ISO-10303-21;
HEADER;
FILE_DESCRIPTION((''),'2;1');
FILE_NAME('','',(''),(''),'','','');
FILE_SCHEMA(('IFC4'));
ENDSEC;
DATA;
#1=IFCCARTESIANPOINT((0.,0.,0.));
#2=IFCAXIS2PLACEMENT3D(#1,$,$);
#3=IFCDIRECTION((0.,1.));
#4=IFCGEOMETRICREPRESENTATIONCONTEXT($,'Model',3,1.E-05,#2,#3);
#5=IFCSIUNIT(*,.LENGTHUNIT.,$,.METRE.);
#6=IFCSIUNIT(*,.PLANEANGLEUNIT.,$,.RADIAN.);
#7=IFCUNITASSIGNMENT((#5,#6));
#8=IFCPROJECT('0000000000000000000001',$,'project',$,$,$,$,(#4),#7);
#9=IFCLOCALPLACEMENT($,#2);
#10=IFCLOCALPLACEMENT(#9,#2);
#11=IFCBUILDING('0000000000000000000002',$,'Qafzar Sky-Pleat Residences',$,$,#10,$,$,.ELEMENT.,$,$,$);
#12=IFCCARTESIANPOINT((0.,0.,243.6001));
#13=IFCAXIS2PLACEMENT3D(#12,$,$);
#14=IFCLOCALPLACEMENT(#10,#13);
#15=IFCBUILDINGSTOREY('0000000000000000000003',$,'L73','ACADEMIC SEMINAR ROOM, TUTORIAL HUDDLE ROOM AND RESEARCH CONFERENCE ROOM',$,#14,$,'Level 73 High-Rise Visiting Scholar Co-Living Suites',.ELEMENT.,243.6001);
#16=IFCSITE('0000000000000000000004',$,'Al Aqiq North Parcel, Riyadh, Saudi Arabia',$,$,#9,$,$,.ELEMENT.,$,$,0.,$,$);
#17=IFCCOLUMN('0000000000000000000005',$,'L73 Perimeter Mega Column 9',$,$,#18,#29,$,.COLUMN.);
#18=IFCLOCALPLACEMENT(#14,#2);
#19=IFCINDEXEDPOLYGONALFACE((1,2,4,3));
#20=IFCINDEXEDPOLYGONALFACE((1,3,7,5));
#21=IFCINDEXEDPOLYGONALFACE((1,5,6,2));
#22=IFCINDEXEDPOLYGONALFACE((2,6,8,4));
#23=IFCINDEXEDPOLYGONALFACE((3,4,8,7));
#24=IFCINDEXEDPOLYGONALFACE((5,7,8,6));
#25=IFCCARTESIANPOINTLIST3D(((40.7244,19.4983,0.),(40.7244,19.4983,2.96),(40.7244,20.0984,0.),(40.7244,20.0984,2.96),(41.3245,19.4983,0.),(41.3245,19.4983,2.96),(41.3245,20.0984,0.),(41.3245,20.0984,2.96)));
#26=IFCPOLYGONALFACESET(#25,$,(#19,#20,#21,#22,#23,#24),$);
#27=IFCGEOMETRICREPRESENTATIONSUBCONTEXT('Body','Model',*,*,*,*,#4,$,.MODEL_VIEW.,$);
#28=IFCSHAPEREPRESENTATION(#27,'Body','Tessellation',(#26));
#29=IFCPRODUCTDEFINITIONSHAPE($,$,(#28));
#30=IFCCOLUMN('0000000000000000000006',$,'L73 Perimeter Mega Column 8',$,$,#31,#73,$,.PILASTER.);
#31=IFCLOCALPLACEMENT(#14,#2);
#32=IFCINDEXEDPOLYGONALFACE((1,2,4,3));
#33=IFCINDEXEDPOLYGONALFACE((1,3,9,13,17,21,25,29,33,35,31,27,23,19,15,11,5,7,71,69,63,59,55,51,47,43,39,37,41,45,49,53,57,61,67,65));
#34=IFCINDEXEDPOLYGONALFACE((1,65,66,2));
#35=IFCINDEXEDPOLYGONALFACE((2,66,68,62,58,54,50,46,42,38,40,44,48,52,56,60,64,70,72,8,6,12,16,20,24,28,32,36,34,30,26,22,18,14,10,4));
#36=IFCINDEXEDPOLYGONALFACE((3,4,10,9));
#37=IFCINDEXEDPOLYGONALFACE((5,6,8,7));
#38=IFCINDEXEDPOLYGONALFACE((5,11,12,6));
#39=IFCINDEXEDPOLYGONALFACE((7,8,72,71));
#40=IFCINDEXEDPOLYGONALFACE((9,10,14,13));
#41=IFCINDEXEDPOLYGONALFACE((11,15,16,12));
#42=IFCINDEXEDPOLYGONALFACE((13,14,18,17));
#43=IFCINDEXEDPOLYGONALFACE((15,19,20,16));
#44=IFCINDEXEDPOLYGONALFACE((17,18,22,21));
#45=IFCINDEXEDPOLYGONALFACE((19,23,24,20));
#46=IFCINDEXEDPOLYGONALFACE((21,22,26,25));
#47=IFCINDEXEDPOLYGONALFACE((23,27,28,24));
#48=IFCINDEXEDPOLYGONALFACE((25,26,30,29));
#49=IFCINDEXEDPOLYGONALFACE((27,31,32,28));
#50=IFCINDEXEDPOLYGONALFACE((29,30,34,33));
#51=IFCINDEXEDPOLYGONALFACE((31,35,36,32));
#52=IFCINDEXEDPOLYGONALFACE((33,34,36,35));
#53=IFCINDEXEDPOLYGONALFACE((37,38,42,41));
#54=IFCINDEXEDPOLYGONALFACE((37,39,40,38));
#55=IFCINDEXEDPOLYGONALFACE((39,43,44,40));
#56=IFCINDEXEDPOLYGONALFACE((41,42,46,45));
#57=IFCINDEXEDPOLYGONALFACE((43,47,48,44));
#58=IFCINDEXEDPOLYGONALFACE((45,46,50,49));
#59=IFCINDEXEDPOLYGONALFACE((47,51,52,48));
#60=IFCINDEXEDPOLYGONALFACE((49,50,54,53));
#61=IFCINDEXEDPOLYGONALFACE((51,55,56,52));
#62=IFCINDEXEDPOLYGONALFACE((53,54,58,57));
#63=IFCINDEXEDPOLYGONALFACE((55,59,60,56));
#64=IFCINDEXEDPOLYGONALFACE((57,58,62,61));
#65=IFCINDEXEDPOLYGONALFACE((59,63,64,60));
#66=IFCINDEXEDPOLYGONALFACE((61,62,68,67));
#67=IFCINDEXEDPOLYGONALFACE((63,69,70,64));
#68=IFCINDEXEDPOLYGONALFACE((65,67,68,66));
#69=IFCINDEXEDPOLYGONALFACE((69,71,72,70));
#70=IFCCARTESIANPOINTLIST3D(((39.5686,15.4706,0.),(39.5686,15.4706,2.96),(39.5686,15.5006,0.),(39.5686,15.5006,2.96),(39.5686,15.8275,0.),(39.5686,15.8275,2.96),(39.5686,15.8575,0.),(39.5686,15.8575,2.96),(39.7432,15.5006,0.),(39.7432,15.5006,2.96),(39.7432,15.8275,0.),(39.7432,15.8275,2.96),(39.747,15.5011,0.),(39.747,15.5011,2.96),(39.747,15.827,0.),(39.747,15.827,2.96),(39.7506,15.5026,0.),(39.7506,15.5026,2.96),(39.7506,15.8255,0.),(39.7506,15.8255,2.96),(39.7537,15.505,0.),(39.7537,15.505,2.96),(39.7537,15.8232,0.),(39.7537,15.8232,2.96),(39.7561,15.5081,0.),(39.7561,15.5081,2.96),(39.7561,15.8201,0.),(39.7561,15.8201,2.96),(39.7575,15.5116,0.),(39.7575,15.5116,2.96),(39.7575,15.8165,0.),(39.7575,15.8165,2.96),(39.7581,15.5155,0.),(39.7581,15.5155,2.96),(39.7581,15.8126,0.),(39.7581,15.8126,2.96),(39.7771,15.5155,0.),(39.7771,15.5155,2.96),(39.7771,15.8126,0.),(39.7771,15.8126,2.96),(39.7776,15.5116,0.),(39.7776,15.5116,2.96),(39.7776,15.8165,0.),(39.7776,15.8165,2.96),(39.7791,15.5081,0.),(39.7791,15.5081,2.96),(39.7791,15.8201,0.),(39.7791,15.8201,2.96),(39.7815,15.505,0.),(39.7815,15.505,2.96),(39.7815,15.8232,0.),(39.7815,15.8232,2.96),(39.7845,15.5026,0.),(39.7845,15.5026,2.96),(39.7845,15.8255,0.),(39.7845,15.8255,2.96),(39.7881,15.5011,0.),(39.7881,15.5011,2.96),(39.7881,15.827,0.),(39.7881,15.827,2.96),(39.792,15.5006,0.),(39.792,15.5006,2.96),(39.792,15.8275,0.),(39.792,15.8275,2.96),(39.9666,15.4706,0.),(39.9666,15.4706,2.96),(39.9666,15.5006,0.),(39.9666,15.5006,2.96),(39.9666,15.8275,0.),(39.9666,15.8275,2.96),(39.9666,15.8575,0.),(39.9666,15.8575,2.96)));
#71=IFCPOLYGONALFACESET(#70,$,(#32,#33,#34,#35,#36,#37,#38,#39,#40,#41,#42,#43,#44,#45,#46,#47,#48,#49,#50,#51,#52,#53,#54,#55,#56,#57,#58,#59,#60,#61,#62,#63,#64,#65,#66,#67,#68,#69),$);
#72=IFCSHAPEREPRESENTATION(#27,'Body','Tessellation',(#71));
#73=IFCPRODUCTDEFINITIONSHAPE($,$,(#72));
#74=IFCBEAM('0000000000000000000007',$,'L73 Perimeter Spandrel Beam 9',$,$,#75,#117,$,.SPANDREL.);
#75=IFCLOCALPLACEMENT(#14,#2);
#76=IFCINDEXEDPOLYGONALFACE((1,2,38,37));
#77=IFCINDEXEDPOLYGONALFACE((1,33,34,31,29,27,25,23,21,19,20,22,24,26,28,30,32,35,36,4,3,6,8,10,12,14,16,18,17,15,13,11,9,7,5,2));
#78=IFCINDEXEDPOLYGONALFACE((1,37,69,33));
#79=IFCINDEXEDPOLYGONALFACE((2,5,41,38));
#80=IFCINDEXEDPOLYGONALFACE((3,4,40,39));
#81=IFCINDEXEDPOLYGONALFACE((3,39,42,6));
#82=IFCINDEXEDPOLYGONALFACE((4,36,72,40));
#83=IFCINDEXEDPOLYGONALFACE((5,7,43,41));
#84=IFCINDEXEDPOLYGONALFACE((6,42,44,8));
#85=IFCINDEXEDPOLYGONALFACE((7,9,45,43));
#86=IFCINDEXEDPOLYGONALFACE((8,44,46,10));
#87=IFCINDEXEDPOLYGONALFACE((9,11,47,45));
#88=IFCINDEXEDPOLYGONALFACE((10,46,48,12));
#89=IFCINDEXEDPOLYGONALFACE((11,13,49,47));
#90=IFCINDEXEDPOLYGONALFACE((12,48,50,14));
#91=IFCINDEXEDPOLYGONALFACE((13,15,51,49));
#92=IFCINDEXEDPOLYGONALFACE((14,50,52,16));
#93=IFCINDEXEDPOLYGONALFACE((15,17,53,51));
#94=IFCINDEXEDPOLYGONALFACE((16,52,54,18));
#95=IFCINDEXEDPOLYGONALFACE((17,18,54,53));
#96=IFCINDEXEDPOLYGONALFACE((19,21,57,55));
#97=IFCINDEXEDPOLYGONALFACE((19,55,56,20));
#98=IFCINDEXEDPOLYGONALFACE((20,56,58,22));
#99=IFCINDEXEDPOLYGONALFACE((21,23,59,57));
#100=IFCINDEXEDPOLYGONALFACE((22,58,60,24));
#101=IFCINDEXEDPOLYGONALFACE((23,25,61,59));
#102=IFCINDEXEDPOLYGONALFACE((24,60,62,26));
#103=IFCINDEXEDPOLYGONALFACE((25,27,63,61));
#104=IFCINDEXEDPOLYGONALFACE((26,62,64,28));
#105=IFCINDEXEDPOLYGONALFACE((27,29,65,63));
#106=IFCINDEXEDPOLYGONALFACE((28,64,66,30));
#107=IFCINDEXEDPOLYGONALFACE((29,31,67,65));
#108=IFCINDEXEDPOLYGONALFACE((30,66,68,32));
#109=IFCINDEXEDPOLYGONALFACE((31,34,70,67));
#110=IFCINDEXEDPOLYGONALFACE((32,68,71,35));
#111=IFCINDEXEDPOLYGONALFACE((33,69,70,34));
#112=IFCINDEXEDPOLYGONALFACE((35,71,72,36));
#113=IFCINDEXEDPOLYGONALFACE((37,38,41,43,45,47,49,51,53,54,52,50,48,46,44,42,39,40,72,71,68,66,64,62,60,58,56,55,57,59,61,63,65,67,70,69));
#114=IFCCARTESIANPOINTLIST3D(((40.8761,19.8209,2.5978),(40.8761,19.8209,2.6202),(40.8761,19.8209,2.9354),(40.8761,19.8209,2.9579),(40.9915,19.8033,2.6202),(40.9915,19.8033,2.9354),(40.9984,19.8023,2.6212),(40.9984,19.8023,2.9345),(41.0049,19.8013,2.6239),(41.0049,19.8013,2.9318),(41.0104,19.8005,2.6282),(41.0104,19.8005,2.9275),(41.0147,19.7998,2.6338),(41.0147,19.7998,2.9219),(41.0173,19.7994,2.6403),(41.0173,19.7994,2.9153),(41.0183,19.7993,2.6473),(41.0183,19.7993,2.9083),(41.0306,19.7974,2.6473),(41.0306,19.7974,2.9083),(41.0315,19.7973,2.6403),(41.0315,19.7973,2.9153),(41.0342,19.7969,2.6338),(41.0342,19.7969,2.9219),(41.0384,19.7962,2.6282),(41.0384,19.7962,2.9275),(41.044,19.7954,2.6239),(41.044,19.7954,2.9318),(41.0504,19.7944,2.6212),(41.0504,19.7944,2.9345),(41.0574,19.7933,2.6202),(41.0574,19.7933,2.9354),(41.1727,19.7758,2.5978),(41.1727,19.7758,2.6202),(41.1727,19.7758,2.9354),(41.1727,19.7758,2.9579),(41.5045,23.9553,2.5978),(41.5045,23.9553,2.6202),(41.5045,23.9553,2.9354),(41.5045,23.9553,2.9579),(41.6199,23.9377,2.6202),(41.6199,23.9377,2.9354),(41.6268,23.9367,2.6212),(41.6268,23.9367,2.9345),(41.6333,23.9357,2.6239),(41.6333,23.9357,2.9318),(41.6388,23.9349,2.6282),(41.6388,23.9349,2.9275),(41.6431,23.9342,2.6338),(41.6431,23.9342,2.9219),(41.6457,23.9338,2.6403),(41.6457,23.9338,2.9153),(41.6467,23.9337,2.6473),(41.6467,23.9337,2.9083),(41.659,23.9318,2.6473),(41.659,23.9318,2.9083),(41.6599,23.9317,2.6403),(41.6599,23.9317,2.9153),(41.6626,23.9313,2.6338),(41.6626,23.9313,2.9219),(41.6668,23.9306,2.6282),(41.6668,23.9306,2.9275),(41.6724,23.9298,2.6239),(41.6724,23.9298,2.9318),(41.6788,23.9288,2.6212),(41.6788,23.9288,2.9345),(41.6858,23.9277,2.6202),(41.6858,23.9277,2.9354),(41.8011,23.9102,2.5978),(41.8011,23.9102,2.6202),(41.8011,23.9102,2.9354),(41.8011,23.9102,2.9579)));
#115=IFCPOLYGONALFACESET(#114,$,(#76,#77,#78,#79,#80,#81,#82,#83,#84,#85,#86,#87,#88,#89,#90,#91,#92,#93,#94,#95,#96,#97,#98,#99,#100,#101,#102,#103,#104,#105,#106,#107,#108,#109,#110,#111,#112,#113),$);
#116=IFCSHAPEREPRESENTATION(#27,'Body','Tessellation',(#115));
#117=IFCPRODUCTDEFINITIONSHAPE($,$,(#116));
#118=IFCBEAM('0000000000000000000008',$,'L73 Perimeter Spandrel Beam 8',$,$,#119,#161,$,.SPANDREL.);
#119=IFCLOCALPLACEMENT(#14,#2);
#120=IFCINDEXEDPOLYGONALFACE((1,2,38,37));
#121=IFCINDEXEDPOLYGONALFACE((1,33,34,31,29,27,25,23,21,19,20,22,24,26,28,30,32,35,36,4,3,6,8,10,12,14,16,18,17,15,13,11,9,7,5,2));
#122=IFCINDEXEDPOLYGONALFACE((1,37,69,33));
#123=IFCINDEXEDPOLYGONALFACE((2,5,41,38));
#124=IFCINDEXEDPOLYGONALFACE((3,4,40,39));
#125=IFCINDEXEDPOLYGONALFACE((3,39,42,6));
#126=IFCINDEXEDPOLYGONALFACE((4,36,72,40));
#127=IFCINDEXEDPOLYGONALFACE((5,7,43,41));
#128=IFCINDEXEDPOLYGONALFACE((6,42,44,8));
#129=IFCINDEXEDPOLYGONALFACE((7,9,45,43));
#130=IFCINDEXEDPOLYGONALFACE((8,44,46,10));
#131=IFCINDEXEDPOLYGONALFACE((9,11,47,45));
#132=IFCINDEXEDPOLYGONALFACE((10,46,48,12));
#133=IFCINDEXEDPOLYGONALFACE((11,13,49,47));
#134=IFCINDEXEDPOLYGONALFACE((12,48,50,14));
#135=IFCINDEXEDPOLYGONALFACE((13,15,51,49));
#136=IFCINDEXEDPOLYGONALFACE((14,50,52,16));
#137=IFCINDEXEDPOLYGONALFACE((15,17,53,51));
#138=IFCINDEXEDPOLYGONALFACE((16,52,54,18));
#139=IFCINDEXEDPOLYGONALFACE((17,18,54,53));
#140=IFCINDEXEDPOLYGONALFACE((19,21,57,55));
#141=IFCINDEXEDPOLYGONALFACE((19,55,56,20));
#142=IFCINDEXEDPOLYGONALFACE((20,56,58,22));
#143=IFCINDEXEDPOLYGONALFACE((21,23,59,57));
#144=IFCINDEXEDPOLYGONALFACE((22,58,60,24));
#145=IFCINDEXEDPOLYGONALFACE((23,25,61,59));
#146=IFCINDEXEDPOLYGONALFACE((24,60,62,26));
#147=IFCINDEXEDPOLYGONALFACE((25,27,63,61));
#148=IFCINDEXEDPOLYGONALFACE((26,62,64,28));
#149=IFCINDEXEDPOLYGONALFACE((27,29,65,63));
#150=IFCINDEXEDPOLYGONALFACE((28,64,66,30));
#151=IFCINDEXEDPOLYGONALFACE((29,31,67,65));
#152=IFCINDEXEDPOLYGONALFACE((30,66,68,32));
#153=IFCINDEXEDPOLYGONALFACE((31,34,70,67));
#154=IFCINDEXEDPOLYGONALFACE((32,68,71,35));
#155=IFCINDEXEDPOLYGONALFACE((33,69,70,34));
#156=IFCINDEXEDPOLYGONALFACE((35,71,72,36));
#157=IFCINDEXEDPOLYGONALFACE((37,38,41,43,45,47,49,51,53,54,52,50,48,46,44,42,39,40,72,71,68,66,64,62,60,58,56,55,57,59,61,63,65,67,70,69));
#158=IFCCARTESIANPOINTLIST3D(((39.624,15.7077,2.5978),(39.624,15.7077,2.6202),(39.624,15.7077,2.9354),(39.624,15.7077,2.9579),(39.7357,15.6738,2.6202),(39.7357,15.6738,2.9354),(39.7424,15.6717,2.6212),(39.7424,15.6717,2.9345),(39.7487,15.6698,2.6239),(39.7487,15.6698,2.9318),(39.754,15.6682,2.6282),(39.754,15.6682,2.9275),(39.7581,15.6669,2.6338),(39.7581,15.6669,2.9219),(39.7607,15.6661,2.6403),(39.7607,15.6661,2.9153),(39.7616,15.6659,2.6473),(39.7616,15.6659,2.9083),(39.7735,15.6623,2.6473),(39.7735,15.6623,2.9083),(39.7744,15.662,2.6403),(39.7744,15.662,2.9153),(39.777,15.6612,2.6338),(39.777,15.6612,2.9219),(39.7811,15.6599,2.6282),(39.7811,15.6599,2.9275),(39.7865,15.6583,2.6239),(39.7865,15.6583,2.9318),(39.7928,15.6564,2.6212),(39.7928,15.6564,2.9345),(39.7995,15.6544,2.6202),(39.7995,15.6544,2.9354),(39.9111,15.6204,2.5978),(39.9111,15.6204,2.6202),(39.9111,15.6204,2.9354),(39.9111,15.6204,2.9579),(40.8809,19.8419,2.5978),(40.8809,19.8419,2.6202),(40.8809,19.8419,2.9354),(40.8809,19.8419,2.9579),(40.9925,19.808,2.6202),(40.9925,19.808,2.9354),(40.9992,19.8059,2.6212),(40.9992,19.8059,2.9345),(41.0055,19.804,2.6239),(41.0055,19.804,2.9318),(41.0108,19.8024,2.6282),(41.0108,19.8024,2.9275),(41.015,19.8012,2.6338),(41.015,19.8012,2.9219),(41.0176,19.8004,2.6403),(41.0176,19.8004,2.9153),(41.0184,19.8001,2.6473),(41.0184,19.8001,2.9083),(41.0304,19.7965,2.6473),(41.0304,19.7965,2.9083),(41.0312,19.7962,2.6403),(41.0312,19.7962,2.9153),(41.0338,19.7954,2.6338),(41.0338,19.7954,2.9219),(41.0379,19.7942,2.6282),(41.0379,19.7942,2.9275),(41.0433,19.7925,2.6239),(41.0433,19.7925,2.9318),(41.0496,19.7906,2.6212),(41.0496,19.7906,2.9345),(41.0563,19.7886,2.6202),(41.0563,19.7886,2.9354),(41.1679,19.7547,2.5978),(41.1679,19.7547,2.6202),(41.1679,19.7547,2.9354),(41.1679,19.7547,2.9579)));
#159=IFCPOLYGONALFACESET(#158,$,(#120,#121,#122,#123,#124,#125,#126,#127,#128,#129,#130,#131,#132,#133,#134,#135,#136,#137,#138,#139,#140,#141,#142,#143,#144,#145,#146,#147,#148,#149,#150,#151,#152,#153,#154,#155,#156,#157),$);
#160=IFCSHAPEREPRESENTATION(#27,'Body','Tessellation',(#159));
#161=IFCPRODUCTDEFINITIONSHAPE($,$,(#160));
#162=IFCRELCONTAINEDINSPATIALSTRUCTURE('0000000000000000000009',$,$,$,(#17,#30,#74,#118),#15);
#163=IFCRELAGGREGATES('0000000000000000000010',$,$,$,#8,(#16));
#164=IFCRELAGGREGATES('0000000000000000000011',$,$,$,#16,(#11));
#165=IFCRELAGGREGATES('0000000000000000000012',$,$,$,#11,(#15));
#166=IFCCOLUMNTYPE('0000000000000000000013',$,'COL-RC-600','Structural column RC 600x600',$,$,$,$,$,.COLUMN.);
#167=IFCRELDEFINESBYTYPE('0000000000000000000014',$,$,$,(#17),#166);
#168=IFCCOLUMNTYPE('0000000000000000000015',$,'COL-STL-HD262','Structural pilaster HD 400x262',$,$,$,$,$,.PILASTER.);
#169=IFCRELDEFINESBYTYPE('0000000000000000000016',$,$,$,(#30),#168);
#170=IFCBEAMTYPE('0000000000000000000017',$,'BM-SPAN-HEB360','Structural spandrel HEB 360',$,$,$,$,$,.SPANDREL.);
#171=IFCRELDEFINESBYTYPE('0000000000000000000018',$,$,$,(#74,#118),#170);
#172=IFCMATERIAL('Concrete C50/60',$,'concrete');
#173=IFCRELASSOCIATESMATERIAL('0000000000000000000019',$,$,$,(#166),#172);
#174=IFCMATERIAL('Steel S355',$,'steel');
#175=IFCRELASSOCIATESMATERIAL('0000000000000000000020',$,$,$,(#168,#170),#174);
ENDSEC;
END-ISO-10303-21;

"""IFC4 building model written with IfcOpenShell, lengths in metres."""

from ifc_helpers import new_model, si_unit, direction, frame, origin, origin_2d, place, context, subcontext, project, spatial, rectangle, i_section, extrude, source, transform, mapped, material, material_profile, profile_set, type_object, element, save


model = new_model("IFC4")

# Units and contexts
model_context = context("Model", 3, precision=1e-05, world=origin(), true_north=direction((0.0, 1.0)))
body_context = subcontext(model_context, "Body", "Model", "MODEL_VIEW")
ifc_project = project(units=[si_unit("LENGTHUNIT", "METRE"), si_unit("PLANEANGLEUNIT", "RADIAN")], contexts=[model_context])

# Site, building, storey
site_placement = place(None, origin())
site = spatial("IfcSite", under=ifc_project, at=site_placement, Name="Al Aqiq North Parcel, Riyadh, Saudi Arabia", CompositionType="ELEMENT", RefElevation=0.0)
building_placement = place(site_placement, origin())
building = spatial("IfcBuilding", under=site, at=building_placement, Name="Qafzar Sky-Pleat Residences", CompositionType="ELEMENT")
storey_placement = place(building_placement, frame((0.0, 0.0, 243.6001)))
storey = spatial("IfcBuildingStorey", under=building, at=storey_placement, Name="L73", Description="ACADEMIC SEMINAR ROOM, TUTORIAL HUDDLE ROOM AND RESEARCH CONFERENCE ROOM", LongName="Level 73 High-Rise Visiting Scholar Co-Living Suites", CompositionType="ELEMENT", Elevation=243.6001)

# Columns
ifc_material_1 = material(Name="Concrete C50/60", Category="concrete")
ifc_material_profile_1 = material_profile(ifc_material_1, rectangle(XDim=0.6001, YDim=0.6001, at=origin_2d()), Name="RC 600x600")
ifc_profile_set_1 = profile_set([ifc_material_profile_1], Name="Concrete C50/60")
column_type_1 = type_object("IfcColumnType", Name="COL-RC-600", Description="Structural column RC 600x600", PredefinedType="COLUMN", material=ifc_profile_set_1)
shared_shape_1 = source(origin(), body_context, "Body", "SweptSolid", [
    extrude(rectangle(XDim=0.6001, YDim=0.6001, at=origin_2d()), origin(), (0.0, 0.0, 1.0), 2.96),
])
column_1_placement = place(storey_placement, frame((41.0244, 19.7983, 0.0), z_axis=(0.0, 0.0, 1.0), x_axis=(1.0, 0.0, 0.0)))
element("IfcColumn", 1, at=column_1_placement, inside=storey, type_object=column_type_1, Name="L73 Perimeter Mega Column 9", PredefinedType="COLUMN", context=body_context, shape_type="MappedRepresentation", body=[
    mapped(shared_shape_1, transform((0.0, 0.0, 0.0), x_axis=(1.0, 0.0, 0.0), y_axis=(0.0, 1.0, 0.0), z_axis=(0.0, 0.0, 1.0), scale=1.0)),
])
ifc_material_2 = material(Name="Steel S355", Category="steel")
ifc_material_profile_2 = material_profile(ifc_material_2, i_section(OverallWidth=0.3979, OverallDepth=0.387, WebThickness=0.019, FlangeThickness=0.03, FilletRadius=0.0149, at=origin_2d()), Name="HD 400x262")
ifc_profile_set_2 = profile_set([ifc_material_profile_2], Name="Steel S355")
column_type_2 = type_object("IfcColumnType", Name="COL-STL-HD262", Description="Structural pilaster HD 400x262", PredefinedType="PILASTER", material=ifc_profile_set_2)
shared_shape_2 = source(origin(), body_context, "Body", "SweptSolid", [
    extrude(i_section(OverallWidth=0.3979, OverallDepth=0.387, WebThickness=0.019, FlangeThickness=0.03, FilletRadius=0.0149, at=origin_2d()), origin(), (0.0, 0.0, 1.0), 2.96),
])
column_2_placement = place(storey_placement, frame((39.7676, 15.6641, 0.0), z_axis=(0.0, 0.0, 1.0), x_axis=(1.0, 0.0, 0.0)))
element("IfcColumn", 2, at=column_2_placement, inside=storey, type_object=column_type_2, Name="L73 Perimeter Mega Column 8", PredefinedType="PILASTER", context=body_context, shape_type="MappedRepresentation", body=[
    mapped(shared_shape_2, transform((0.0, 0.0, 0.0), x_axis=(1.0, 0.0, 0.0), y_axis=(0.0, 1.0, 0.0), z_axis=(0.0, 0.0, 1.0), scale=1.0)),
])

# Beams
ifc_material_profile_3 = material_profile(ifc_material_2, i_section(OverallWidth=0.3, OverallDepth=0.3601, WebThickness=0.0125, FlangeThickness=0.0225, FilletRadius=0.0271, at=origin_2d()), Name="HEB 360")
ifc_profile_set_3 = profile_set([ifc_material_profile_3], Name="Steel S355")
beam_type = type_object("IfcBeamType", Name="BM-SPAN-HEB360", Description="Structural spandrel HEB 360", PredefinedType="SPANDREL", material=ifc_profile_set_3)
shared_shape_3 = source(origin(), body_context, "Body", "SweptSolid", [
    extrude(i_section(OverallWidth=0.3, OverallDepth=0.3601, WebThickness=0.0125, FlangeThickness=0.0225, FilletRadius=0.0271, at=origin_2d()), origin(), (0.0, 0.0, 1.0), 4.1819),
])
beam_1_placement = place(storey_placement, frame((41.0244, 19.7983, 2.7778), z_axis=(0.150267, 0.988645, 0.0), x_axis=(-0.988645, 0.150267, 0.0)))
element("IfcBeam", 3, at=beam_1_placement, inside=storey, type_object=beam_type, Name="L73 Perimeter Spandrel Beam 9", PredefinedType="SPANDREL", context=body_context, shape_type="MappedRepresentation", body=[
    mapped(shared_shape_3, transform((0.0, 0.0, 0.0), x_axis=(1.0, 0.0, 0.0), y_axis=(0.0, 1.0, 0.0), z_axis=(0.0, 0.0, 1.0), scale=1.0)),
])
shared_shape_4 = source(origin(), body_context, "Body", "SweptSolid", [
    extrude(i_section(OverallWidth=0.3, OverallDepth=0.3601, WebThickness=0.0125, FlangeThickness=0.0225, FilletRadius=0.0271, at=origin_2d()), origin(), (0.0, 0.0, 1.0), 4.321),
])
beam_2_placement = place(storey_placement, frame((39.7676, 15.6641, 2.7778), z_axis=(0.29086, 0.956766, 0.0), x_axis=(-0.956766, 0.29086, 0.0)))
element("IfcBeam", 4, at=beam_2_placement, inside=storey, type_object=beam_type, Name="L73 Perimeter Spandrel Beam 8", PredefinedType="SPANDREL", context=body_context, shape_type="MappedRepresentation", body=[
    mapped(shared_shape_4, transform((0.0, 0.0, 0.0), x_axis=(1.0, 0.0, 0.0), y_axis=(0.0, 1.0, 0.0), z_axis=(0.0, 0.0, 1.0), scale=1.0)),
])

save(model, "model.ifc")
